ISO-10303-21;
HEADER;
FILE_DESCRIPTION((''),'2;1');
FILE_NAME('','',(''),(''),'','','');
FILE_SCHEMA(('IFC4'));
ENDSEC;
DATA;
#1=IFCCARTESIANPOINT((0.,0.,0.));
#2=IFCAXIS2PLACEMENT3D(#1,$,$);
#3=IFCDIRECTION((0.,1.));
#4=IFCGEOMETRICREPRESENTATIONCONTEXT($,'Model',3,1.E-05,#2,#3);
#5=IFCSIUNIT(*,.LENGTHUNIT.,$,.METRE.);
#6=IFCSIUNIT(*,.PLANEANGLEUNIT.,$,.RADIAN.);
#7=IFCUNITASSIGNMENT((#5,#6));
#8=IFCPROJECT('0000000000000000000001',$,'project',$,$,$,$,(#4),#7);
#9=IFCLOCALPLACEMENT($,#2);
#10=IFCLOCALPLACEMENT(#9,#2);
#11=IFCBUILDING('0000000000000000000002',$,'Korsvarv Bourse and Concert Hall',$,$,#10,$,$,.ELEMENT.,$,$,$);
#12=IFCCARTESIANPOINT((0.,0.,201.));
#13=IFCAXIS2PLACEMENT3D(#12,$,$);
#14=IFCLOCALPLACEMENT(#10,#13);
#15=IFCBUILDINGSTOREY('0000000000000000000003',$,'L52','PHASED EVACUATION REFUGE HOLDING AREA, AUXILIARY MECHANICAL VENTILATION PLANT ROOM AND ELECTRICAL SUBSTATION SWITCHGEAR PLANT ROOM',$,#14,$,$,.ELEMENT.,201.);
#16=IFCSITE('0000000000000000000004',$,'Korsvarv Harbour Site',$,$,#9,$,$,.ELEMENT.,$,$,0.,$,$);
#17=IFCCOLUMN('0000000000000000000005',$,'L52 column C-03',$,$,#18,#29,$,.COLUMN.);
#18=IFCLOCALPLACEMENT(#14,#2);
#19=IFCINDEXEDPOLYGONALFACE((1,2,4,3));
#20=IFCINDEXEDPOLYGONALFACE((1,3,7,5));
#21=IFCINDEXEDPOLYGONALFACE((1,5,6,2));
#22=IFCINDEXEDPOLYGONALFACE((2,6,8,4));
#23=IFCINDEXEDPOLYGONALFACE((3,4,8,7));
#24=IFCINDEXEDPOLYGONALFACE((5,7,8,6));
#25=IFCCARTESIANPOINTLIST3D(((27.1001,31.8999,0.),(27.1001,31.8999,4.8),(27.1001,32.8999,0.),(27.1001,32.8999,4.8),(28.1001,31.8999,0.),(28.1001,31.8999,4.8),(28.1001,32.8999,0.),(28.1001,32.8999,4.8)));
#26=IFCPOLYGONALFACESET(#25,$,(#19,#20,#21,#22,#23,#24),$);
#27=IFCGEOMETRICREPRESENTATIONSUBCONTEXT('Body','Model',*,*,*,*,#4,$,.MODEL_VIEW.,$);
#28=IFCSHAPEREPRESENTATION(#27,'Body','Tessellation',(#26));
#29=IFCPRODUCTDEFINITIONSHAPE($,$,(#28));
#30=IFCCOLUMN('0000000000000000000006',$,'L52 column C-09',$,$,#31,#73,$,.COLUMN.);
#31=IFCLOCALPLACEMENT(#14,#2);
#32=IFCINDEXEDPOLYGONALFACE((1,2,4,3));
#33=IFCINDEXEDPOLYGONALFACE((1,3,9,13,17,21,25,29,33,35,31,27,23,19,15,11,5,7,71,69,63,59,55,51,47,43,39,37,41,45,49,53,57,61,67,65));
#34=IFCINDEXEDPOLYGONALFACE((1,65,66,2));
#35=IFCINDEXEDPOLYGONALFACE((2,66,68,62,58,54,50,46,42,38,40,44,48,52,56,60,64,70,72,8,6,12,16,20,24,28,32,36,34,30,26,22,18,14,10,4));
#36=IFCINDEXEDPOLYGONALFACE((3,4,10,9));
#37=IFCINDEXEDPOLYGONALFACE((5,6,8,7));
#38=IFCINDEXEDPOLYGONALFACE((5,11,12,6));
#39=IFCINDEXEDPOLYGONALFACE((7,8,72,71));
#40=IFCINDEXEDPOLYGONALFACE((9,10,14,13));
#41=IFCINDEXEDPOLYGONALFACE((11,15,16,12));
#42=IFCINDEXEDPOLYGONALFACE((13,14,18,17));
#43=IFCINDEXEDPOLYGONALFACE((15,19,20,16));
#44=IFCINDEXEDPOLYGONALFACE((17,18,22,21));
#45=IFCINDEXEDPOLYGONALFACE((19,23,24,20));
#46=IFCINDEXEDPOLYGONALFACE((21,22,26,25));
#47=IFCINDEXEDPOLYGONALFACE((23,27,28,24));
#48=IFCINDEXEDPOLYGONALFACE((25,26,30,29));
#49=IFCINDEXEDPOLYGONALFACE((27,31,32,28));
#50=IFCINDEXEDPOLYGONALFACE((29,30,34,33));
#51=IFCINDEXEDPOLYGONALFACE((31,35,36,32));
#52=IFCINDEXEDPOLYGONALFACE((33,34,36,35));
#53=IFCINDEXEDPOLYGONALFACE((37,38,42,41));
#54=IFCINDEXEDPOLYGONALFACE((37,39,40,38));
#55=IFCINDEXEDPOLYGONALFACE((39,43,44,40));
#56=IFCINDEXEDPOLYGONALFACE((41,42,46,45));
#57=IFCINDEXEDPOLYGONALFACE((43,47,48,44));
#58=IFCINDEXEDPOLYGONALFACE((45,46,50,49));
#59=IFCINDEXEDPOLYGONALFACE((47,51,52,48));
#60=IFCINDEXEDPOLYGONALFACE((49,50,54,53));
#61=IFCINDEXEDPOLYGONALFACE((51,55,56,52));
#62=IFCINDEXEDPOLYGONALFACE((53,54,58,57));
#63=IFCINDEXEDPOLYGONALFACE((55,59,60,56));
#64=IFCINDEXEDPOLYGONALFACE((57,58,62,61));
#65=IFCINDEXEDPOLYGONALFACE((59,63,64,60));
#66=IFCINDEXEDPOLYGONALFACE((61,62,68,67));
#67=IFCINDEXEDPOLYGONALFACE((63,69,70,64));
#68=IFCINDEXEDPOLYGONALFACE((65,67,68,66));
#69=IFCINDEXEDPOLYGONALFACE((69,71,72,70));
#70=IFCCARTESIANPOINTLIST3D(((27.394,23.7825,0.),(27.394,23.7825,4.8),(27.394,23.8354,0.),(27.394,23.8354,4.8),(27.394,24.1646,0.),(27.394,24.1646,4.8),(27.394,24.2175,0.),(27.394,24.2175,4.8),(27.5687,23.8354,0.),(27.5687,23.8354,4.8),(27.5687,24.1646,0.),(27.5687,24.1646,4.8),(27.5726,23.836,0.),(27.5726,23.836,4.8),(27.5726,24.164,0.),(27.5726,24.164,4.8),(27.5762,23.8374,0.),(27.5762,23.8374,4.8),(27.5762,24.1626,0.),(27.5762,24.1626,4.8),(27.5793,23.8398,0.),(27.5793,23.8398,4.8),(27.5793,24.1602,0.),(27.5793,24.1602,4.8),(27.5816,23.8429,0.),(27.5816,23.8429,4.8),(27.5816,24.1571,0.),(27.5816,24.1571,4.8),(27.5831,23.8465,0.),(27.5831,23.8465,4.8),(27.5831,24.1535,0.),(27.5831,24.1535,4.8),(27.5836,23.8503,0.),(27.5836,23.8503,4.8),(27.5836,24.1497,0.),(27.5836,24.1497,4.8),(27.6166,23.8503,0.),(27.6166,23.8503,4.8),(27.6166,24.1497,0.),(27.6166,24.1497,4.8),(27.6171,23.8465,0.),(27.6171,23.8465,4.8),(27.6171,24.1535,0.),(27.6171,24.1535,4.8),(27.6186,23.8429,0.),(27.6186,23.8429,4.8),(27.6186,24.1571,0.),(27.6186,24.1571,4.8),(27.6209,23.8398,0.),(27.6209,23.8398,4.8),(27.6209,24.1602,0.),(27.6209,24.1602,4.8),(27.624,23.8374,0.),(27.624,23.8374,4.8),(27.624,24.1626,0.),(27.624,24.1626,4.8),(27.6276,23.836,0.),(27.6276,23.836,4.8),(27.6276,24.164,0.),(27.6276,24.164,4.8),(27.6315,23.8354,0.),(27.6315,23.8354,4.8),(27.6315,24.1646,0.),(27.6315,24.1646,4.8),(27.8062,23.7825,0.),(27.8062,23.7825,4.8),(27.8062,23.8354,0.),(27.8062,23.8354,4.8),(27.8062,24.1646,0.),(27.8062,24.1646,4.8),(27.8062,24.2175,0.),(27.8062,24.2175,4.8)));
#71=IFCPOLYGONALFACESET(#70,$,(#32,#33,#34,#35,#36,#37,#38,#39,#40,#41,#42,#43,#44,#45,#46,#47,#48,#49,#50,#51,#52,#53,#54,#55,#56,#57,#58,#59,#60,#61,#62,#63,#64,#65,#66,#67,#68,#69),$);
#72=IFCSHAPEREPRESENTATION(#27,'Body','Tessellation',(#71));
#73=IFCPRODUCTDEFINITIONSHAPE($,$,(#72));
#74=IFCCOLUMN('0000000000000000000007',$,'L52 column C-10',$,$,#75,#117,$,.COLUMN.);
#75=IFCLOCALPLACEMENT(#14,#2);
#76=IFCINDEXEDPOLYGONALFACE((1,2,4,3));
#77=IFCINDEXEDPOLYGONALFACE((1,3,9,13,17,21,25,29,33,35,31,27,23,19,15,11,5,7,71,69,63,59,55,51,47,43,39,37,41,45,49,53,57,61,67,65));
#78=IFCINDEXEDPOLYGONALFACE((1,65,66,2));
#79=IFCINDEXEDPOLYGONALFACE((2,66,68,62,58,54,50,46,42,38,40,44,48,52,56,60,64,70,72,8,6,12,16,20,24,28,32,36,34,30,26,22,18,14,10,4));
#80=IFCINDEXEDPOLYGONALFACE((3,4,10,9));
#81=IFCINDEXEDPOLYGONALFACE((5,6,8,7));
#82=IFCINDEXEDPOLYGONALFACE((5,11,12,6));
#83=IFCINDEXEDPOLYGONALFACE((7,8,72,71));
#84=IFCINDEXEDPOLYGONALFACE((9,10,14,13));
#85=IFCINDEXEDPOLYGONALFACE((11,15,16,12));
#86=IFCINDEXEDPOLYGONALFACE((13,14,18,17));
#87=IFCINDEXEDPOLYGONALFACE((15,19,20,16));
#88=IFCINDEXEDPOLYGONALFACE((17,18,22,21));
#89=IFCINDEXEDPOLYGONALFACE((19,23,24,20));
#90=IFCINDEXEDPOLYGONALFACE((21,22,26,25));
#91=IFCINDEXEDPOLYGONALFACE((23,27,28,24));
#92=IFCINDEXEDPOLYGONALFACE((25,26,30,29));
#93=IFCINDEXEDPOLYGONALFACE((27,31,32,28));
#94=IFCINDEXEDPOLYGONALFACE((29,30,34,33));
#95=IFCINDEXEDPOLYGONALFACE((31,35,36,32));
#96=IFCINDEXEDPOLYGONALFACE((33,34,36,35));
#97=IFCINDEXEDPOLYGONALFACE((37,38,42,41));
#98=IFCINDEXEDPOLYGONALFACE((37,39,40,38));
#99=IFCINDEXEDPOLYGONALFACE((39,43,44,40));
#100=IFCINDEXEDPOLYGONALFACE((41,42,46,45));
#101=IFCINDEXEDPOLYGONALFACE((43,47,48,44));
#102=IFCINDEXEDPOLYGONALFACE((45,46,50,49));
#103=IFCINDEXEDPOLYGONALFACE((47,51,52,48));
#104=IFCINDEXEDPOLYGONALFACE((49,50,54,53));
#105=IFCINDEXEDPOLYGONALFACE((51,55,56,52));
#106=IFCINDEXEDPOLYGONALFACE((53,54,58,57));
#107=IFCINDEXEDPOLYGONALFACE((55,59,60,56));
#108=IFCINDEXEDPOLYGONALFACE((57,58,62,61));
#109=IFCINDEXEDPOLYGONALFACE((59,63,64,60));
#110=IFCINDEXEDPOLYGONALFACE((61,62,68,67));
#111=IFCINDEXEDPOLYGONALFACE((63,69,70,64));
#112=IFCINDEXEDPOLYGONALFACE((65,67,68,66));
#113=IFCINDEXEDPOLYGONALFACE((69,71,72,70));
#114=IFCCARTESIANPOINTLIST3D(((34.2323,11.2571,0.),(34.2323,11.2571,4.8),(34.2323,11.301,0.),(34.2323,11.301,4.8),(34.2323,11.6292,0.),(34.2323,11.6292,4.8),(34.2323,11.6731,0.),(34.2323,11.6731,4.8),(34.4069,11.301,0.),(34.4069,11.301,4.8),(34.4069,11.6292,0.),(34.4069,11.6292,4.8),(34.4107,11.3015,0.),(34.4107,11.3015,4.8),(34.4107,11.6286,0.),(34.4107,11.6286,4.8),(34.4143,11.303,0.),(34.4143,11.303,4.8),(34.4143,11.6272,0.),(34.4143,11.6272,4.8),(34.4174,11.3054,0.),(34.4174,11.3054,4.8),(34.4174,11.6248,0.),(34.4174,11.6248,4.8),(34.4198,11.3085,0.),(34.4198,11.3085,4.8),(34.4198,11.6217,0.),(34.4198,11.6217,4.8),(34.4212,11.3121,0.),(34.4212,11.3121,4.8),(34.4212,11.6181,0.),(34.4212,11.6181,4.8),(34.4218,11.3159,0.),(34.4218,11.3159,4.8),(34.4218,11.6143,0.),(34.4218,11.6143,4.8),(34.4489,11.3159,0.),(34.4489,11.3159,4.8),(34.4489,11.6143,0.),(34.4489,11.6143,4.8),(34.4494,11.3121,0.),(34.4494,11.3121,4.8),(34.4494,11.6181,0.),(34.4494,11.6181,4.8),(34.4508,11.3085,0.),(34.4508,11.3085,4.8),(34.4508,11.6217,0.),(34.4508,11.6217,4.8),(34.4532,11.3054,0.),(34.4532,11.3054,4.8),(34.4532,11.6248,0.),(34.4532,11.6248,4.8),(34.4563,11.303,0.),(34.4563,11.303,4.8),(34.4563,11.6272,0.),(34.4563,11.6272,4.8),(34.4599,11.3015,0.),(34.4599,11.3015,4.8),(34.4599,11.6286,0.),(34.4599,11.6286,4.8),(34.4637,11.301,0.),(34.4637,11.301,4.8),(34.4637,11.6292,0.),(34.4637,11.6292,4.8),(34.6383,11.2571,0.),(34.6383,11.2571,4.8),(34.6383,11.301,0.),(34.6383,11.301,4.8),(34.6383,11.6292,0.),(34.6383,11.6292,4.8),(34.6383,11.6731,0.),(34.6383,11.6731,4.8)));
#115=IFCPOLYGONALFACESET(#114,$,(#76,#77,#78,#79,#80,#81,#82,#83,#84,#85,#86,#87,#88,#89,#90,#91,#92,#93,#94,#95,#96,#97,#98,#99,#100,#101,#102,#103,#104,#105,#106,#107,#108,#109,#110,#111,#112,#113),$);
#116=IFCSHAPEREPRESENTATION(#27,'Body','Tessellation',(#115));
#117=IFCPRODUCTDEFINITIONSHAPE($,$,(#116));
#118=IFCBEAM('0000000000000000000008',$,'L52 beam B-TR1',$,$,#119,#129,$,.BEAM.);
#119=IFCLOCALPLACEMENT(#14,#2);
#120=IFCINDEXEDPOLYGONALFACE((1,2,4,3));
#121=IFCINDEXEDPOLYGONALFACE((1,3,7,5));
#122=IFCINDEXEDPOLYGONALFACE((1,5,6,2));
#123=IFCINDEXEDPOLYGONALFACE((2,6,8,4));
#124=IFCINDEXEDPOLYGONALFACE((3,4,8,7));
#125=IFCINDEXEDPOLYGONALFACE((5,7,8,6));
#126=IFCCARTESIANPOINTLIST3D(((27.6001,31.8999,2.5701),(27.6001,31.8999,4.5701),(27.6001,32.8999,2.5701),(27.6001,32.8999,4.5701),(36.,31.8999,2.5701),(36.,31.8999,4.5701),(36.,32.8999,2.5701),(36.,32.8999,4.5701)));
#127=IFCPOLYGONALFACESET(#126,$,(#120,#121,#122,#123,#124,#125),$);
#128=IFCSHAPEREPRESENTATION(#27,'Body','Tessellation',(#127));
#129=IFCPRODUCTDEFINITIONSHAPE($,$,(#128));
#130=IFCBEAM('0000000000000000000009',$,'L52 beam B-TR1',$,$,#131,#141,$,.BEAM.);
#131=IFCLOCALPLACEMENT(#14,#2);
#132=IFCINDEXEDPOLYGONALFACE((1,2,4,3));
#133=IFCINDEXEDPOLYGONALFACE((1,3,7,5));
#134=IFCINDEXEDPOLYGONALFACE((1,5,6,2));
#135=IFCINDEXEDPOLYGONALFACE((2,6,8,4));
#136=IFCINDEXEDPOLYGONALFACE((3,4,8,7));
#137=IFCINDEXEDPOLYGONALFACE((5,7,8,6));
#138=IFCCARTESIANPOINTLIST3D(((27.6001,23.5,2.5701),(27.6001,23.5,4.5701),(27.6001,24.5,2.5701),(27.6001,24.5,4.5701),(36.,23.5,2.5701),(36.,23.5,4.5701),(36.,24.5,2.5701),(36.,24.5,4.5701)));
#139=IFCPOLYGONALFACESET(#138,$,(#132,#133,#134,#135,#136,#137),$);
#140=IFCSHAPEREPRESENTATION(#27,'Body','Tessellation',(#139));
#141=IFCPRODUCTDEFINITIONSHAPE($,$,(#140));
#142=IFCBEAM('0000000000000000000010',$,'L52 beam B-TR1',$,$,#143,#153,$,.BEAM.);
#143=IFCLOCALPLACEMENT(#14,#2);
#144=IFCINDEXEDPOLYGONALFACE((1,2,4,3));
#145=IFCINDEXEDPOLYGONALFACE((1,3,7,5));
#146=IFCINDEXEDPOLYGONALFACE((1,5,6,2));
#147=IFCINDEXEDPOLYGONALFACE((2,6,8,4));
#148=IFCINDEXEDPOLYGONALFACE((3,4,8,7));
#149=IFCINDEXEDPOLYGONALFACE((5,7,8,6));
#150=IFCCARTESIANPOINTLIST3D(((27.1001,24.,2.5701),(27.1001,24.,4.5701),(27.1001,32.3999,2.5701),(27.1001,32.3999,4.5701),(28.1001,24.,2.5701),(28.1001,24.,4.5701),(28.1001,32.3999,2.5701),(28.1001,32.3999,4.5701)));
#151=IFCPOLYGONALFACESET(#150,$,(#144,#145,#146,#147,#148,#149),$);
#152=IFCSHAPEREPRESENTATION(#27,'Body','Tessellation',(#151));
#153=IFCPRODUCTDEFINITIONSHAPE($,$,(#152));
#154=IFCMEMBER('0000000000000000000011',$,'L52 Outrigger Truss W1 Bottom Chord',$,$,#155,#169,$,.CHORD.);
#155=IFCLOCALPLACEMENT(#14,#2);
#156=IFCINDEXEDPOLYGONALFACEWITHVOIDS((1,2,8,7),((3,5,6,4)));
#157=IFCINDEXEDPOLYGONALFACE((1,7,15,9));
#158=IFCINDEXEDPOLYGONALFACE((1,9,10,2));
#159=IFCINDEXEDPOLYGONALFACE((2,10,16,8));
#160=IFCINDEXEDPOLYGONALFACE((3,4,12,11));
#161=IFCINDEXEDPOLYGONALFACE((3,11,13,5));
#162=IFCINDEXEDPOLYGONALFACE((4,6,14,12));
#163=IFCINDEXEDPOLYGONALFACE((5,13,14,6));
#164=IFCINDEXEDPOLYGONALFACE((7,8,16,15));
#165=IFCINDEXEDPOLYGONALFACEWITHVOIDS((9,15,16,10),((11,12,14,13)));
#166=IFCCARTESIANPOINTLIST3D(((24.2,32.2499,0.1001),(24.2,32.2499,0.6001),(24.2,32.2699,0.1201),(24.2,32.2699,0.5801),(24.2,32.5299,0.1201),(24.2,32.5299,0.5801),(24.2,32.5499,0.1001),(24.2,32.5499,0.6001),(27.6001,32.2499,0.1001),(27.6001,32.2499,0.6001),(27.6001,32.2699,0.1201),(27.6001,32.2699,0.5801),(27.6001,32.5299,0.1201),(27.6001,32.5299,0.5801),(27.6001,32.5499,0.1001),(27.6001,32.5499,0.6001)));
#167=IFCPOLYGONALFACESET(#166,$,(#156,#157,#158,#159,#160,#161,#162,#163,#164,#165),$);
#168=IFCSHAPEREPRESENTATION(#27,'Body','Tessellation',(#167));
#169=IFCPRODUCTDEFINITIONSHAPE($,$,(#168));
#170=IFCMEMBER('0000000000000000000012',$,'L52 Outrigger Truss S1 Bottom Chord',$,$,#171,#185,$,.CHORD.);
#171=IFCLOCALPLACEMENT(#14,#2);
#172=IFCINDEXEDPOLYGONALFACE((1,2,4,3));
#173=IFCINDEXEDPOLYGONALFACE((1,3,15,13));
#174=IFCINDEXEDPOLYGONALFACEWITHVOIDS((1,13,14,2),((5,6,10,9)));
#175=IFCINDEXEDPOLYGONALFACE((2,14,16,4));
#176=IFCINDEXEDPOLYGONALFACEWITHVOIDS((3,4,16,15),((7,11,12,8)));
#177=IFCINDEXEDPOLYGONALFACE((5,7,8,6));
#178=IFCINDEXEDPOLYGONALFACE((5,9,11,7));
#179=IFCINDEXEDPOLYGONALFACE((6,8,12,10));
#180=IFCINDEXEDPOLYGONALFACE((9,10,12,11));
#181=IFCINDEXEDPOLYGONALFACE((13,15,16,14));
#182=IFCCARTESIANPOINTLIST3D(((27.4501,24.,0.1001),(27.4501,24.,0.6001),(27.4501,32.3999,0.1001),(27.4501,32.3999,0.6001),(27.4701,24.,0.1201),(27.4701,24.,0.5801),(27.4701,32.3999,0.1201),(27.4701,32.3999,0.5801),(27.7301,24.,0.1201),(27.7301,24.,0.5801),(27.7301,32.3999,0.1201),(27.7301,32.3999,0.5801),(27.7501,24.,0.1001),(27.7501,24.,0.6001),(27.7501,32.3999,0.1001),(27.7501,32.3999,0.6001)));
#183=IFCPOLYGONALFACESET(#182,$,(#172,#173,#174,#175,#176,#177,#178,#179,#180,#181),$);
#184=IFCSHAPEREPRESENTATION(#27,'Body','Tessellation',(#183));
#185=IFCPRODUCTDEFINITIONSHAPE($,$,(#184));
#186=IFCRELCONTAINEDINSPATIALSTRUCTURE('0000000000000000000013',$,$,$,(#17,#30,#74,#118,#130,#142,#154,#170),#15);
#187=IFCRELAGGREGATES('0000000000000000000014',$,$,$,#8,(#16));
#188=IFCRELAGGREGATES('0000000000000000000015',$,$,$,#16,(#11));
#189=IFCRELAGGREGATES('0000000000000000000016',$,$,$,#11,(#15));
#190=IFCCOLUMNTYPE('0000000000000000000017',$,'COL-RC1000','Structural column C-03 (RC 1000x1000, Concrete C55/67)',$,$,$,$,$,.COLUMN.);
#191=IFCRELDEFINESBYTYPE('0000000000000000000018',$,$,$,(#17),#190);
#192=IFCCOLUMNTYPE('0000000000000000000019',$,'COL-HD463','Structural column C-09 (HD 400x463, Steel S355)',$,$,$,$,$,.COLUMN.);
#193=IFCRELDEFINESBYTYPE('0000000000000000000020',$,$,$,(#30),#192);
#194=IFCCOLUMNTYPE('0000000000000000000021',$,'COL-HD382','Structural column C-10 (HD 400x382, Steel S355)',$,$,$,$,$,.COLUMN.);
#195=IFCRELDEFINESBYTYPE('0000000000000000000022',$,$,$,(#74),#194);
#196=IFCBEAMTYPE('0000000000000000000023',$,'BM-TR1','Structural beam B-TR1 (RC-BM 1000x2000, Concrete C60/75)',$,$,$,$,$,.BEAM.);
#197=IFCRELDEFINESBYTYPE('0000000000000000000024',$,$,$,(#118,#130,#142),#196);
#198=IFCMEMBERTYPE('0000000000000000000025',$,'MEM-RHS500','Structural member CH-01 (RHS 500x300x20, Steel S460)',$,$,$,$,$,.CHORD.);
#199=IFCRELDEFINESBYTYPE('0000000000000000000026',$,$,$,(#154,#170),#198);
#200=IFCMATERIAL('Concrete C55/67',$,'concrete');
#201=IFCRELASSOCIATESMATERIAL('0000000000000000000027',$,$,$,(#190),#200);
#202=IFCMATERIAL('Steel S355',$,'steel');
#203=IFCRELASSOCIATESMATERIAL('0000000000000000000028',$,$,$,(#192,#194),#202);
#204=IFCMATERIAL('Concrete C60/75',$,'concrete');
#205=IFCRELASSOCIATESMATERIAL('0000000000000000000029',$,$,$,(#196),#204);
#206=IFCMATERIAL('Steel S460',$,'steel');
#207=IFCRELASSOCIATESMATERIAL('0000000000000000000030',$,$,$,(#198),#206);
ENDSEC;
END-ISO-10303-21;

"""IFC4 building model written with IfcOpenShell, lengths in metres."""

from ifc_helpers import new_model, si_unit, direction, frame, origin, origin_2d, place, context, subcontext, project, spatial, rectangle, hollow_rectangle, i_section, extrude, source, transform, mapped, material, material_profile, profile_set, type_object, element, save


model = new_model("IFC4")

# Units and contexts
model_context = context("Model", 3, precision=1e-05, world=origin(), true_north=direction((0.0, 1.0)))
body_context = subcontext(model_context, "Body", "Model", "MODEL_VIEW")
ifc_project = project(units=[si_unit("LENGTHUNIT", "METRE"), si_unit("PLANEANGLEUNIT", "RADIAN")], contexts=[model_context])

# Site, building, storey
site_placement = place(None, origin())
site = spatial("IfcSite", under=ifc_project, at=site_placement, Name="Korsvarv Harbour Site", CompositionType="ELEMENT", RefElevation=0.0)
building_placement = place(site_placement, origin())
building = spatial("IfcBuilding", under=site, at=building_placement, Name="Korsvarv Bourse and Concert Hall", CompositionType="ELEMENT")
storey_placement = place(building_placement, frame((0.0, 0.0, 201.0)))
storey = spatial("IfcBuildingStorey", under=building, at=storey_placement, Name="L52", Description="PHASED EVACUATION REFUGE HOLDING AREA, AUXILIARY MECHANICAL VENTILATION PLANT ROOM AND ELECTRICAL SUBSTATION SWITCHGEAR PLANT ROOM", CompositionType="ELEMENT", Elevation=201.0)

# Columns
ifc_material_1 = material(Name="Concrete C55/67", Category="concrete")
ifc_material_profile_1 = material_profile(ifc_material_1, rectangle(XDim=1.0, YDim=1.0, at=origin_2d()), Name="RC 1000x1000")
ifc_profile_set_1 = profile_set([ifc_material_profile_1], Name="Concrete C55/67")
column_type_1 = type_object("IfcColumnType", Name="COL-RC1000", Description="Structural column C-03 (RC 1000x1000, Concrete C55/67)", PredefinedType="COLUMN", material=ifc_profile_set_1)
shared_shape_1 = source(origin(), body_context, "Body", "SweptSolid", [
    extrude(rectangle(XDim=1.0, YDim=1.0, at=origin_2d()), origin(), (0.0, 0.0, 1.0), 4.8),
])
column_1_placement = place(storey_placement, frame((27.6001, 32.3999, 0.0), z_axis=(0.0, 0.0, 1.0), x_axis=(1.0, 0.0, 0.0)))
element("IfcColumn", 1, at=column_1_placement, inside=storey, type_object=column_type_1, Name="L52 column C-03", PredefinedType="COLUMN", context=body_context, shape_type="MappedRepresentation", body=[
    mapped(shared_shape_1, transform((0.0, 0.0, 0.0), scale=1.0)),
])
ifc_material_2 = material(Name="Steel S355", Category="steel")
ifc_material_profile_2 = material_profile(ifc_material_2, i_section(OverallWidth=0.4121, OverallDepth=0.4351, WebThickness=0.033, FlangeThickness=0.053, FilletRadius=0.0149, at=origin_2d()), Name="HD 400x463")
ifc_profile_set_2 = profile_set([ifc_material_profile_2], Name="Steel S355")
column_type_2 = type_object("IfcColumnType", Name="COL-HD463", Description="Structural column C-09 (HD 400x463, Steel S355)", PredefinedType="COLUMN", material=ifc_profile_set_2)
shared_shape_2 = source(origin(), body_context, "Body", "SweptSolid", [
    extrude(i_section(OverallWidth=0.4121, OverallDepth=0.4351, WebThickness=0.033, FlangeThickness=0.053, FilletRadius=0.0149, at=origin_2d()), origin(), (0.0, 0.0, 1.0), 4.8),
])
column_2_placement = place(storey_placement, frame((27.6001, 24.0, 0.0), z_axis=(0.0, 0.0, 1.0), x_axis=(1.0, 0.0, 0.0)))
element("IfcColumn", 2, at=column_2_placement, inside=storey, type_object=column_type_2, Name="L52 column C-09", PredefinedType="COLUMN", context=body_context, shape_type="MappedRepresentation", body=[
    mapped(shared_shape_2, transform((0.0, 0.0, 0.0), scale=1.0)),
])
ifc_material_profile_3 = material_profile(ifc_material_2, i_section(OverallWidth=0.406, OverallDepth=0.416, WebThickness=0.0271, FlangeThickness=0.0439, FilletRadius=0.0149, at=origin_2d()), Name="HD 400x382")
ifc_profile_set_3 = profile_set([ifc_material_profile_3], Name="Steel S355")
column_type_3 = type_object("IfcColumnType", Name="COL-HD382", Description="Structural column C-10 (HD 400x382, Steel S355)", PredefinedType="COLUMN", material=ifc_profile_set_3)
shared_shape_3 = source(origin(), body_context, "Body", "SweptSolid", [
    extrude(i_section(OverallWidth=0.406, OverallDepth=0.416, WebThickness=0.0271, FlangeThickness=0.0439, FilletRadius=0.0149, at=origin_2d()), origin(), (0.0, 0.0, 1.0), 4.8),
])
column_3_placement = place(storey_placement, frame((34.4353, 11.4651, 0.0), z_axis=(0.0, 0.0, 1.0), x_axis=(1.0, 0.0, 0.0)))
element("IfcColumn", 3, at=column_3_placement, inside=storey, type_object=column_type_3, Name="L52 column C-10", PredefinedType="COLUMN", context=body_context, shape_type="MappedRepresentation", body=[
    mapped(shared_shape_3, transform((0.0, 0.0, 0.0), scale=1.0)),
])

# Beams
ifc_material_3 = material(Name="Concrete C60/75", Category="concrete")
ifc_material_profile_4 = material_profile(ifc_material_3, rectangle(XDim=1.0, YDim=2.0, at=origin_2d()), Name="RC-BM 1000x2000")
ifc_profile_set_4 = profile_set([ifc_material_profile_4], Name="Concrete C60/75")
beam_type = type_object("IfcBeamType", Name="BM-TR1", Description="Structural beam B-TR1 (RC-BM 1000x2000, Concrete C60/75)", PredefinedType="BEAM", material=ifc_profile_set_4)
shared_shape_4 = source(origin(), body_context, "Body", "SweptSolid", [
    extrude(rectangle(XDim=1.0, YDim=2.0, at=origin_2d()), origin(), (0.0, 0.0, 1.0), 8.3999),
])
for number, where, z_axis, x_axis, name in (
    (4, (27.6001, 32.3999, 3.5701), (1.0, 0.0, 0.0), (0.0, 1.0, 0.0), "L52 beam B-TR1"),
    (5, (27.6001, 24.0, 3.5701), (1.0, 0.0, 0.0), (0.0, 1.0, 0.0), "L52 beam B-TR1"),
    (6, (27.6001, 24.0, 3.5701), (0.0, 1.0, 0.0), (-1.0, 0.0, 0.0), "L52 beam B-TR1"),
):
    element("IfcBeam", number, at=place(storey_placement, frame(where, z_axis=z_axis, x_axis=x_axis)), inside=storey, type_object=beam_type, Name=name, PredefinedType="BEAM", context=body_context, shape_type="MappedRepresentation", body=[
        mapped(shared_shape_4, transform((0.0, 0.0, 0.0), scale=1.0)),
    ])

# Members
ifc_material_4 = material(Name="Steel S460", Category="steel")
ifc_material_profile_5 = material_profile(ifc_material_4, hollow_rectangle(XDim=0.3, YDim=0.5, WallThickness=0.02, at=origin_2d()), Name="RHS 500x300x20")
ifc_profile_set_5 = profile_set([ifc_material_profile_5], Name="Steel S460")
member_type_1 = type_object("IfcMemberType", Name="MEM-RHS500", Description="Structural member CH-01 (RHS 500x300x20, Steel S460)", PredefinedType="CHORD", material=ifc_profile_set_5)
shared_shape_5 = source(origin(), body_context, "Body", "SweptSolid", [
    extrude(hollow_rectangle(XDim=0.3, YDim=0.5, WallThickness=0.02, at=origin_2d()), origin(), (0.0, 0.0, 1.0), 3.4001),
])
member_1_placement = place(storey_placement, frame((27.6001, 32.3999, 0.3501), z_axis=(-1.0, 0.0, 0.0), x_axis=(0.0, -1.0, 0.0)))
element("IfcMember", 7, at=member_1_placement, inside=storey, type_object=member_type_1, Name="L52 Outrigger Truss W1 Bottom Chord", PredefinedType="CHORD", context=body_context, shape_type="MappedRepresentation", body=[
    mapped(shared_shape_5, transform((0.0, 0.0, 0.0), scale=1.0)),
])
shared_shape_6 = source(origin(), body_context, "Body", "SweptSolid", [
    extrude(hollow_rectangle(XDim=0.3, YDim=0.5, WallThickness=0.02, at=origin_2d()), origin(), (0.0, 0.0, 1.0), 8.3999),
])
member_2_placement = place(storey_placement, frame((27.6001, 32.3999, 0.3501), z_axis=(0.0, -1.0, 0.0), x_axis=(1.0, 0.0, 0.0)))
element("IfcMember", 8, at=member_2_placement, inside=storey, type_object=member_type_1, Name="L52 Outrigger Truss S1 Bottom Chord", PredefinedType="CHORD", context=body_context, shape_type="MappedRepresentation", body=[
    mapped(shared_shape_6, transform((0.0, 0.0, 0.0), scale=1.0)),
])

save(model, "model.ifc")
